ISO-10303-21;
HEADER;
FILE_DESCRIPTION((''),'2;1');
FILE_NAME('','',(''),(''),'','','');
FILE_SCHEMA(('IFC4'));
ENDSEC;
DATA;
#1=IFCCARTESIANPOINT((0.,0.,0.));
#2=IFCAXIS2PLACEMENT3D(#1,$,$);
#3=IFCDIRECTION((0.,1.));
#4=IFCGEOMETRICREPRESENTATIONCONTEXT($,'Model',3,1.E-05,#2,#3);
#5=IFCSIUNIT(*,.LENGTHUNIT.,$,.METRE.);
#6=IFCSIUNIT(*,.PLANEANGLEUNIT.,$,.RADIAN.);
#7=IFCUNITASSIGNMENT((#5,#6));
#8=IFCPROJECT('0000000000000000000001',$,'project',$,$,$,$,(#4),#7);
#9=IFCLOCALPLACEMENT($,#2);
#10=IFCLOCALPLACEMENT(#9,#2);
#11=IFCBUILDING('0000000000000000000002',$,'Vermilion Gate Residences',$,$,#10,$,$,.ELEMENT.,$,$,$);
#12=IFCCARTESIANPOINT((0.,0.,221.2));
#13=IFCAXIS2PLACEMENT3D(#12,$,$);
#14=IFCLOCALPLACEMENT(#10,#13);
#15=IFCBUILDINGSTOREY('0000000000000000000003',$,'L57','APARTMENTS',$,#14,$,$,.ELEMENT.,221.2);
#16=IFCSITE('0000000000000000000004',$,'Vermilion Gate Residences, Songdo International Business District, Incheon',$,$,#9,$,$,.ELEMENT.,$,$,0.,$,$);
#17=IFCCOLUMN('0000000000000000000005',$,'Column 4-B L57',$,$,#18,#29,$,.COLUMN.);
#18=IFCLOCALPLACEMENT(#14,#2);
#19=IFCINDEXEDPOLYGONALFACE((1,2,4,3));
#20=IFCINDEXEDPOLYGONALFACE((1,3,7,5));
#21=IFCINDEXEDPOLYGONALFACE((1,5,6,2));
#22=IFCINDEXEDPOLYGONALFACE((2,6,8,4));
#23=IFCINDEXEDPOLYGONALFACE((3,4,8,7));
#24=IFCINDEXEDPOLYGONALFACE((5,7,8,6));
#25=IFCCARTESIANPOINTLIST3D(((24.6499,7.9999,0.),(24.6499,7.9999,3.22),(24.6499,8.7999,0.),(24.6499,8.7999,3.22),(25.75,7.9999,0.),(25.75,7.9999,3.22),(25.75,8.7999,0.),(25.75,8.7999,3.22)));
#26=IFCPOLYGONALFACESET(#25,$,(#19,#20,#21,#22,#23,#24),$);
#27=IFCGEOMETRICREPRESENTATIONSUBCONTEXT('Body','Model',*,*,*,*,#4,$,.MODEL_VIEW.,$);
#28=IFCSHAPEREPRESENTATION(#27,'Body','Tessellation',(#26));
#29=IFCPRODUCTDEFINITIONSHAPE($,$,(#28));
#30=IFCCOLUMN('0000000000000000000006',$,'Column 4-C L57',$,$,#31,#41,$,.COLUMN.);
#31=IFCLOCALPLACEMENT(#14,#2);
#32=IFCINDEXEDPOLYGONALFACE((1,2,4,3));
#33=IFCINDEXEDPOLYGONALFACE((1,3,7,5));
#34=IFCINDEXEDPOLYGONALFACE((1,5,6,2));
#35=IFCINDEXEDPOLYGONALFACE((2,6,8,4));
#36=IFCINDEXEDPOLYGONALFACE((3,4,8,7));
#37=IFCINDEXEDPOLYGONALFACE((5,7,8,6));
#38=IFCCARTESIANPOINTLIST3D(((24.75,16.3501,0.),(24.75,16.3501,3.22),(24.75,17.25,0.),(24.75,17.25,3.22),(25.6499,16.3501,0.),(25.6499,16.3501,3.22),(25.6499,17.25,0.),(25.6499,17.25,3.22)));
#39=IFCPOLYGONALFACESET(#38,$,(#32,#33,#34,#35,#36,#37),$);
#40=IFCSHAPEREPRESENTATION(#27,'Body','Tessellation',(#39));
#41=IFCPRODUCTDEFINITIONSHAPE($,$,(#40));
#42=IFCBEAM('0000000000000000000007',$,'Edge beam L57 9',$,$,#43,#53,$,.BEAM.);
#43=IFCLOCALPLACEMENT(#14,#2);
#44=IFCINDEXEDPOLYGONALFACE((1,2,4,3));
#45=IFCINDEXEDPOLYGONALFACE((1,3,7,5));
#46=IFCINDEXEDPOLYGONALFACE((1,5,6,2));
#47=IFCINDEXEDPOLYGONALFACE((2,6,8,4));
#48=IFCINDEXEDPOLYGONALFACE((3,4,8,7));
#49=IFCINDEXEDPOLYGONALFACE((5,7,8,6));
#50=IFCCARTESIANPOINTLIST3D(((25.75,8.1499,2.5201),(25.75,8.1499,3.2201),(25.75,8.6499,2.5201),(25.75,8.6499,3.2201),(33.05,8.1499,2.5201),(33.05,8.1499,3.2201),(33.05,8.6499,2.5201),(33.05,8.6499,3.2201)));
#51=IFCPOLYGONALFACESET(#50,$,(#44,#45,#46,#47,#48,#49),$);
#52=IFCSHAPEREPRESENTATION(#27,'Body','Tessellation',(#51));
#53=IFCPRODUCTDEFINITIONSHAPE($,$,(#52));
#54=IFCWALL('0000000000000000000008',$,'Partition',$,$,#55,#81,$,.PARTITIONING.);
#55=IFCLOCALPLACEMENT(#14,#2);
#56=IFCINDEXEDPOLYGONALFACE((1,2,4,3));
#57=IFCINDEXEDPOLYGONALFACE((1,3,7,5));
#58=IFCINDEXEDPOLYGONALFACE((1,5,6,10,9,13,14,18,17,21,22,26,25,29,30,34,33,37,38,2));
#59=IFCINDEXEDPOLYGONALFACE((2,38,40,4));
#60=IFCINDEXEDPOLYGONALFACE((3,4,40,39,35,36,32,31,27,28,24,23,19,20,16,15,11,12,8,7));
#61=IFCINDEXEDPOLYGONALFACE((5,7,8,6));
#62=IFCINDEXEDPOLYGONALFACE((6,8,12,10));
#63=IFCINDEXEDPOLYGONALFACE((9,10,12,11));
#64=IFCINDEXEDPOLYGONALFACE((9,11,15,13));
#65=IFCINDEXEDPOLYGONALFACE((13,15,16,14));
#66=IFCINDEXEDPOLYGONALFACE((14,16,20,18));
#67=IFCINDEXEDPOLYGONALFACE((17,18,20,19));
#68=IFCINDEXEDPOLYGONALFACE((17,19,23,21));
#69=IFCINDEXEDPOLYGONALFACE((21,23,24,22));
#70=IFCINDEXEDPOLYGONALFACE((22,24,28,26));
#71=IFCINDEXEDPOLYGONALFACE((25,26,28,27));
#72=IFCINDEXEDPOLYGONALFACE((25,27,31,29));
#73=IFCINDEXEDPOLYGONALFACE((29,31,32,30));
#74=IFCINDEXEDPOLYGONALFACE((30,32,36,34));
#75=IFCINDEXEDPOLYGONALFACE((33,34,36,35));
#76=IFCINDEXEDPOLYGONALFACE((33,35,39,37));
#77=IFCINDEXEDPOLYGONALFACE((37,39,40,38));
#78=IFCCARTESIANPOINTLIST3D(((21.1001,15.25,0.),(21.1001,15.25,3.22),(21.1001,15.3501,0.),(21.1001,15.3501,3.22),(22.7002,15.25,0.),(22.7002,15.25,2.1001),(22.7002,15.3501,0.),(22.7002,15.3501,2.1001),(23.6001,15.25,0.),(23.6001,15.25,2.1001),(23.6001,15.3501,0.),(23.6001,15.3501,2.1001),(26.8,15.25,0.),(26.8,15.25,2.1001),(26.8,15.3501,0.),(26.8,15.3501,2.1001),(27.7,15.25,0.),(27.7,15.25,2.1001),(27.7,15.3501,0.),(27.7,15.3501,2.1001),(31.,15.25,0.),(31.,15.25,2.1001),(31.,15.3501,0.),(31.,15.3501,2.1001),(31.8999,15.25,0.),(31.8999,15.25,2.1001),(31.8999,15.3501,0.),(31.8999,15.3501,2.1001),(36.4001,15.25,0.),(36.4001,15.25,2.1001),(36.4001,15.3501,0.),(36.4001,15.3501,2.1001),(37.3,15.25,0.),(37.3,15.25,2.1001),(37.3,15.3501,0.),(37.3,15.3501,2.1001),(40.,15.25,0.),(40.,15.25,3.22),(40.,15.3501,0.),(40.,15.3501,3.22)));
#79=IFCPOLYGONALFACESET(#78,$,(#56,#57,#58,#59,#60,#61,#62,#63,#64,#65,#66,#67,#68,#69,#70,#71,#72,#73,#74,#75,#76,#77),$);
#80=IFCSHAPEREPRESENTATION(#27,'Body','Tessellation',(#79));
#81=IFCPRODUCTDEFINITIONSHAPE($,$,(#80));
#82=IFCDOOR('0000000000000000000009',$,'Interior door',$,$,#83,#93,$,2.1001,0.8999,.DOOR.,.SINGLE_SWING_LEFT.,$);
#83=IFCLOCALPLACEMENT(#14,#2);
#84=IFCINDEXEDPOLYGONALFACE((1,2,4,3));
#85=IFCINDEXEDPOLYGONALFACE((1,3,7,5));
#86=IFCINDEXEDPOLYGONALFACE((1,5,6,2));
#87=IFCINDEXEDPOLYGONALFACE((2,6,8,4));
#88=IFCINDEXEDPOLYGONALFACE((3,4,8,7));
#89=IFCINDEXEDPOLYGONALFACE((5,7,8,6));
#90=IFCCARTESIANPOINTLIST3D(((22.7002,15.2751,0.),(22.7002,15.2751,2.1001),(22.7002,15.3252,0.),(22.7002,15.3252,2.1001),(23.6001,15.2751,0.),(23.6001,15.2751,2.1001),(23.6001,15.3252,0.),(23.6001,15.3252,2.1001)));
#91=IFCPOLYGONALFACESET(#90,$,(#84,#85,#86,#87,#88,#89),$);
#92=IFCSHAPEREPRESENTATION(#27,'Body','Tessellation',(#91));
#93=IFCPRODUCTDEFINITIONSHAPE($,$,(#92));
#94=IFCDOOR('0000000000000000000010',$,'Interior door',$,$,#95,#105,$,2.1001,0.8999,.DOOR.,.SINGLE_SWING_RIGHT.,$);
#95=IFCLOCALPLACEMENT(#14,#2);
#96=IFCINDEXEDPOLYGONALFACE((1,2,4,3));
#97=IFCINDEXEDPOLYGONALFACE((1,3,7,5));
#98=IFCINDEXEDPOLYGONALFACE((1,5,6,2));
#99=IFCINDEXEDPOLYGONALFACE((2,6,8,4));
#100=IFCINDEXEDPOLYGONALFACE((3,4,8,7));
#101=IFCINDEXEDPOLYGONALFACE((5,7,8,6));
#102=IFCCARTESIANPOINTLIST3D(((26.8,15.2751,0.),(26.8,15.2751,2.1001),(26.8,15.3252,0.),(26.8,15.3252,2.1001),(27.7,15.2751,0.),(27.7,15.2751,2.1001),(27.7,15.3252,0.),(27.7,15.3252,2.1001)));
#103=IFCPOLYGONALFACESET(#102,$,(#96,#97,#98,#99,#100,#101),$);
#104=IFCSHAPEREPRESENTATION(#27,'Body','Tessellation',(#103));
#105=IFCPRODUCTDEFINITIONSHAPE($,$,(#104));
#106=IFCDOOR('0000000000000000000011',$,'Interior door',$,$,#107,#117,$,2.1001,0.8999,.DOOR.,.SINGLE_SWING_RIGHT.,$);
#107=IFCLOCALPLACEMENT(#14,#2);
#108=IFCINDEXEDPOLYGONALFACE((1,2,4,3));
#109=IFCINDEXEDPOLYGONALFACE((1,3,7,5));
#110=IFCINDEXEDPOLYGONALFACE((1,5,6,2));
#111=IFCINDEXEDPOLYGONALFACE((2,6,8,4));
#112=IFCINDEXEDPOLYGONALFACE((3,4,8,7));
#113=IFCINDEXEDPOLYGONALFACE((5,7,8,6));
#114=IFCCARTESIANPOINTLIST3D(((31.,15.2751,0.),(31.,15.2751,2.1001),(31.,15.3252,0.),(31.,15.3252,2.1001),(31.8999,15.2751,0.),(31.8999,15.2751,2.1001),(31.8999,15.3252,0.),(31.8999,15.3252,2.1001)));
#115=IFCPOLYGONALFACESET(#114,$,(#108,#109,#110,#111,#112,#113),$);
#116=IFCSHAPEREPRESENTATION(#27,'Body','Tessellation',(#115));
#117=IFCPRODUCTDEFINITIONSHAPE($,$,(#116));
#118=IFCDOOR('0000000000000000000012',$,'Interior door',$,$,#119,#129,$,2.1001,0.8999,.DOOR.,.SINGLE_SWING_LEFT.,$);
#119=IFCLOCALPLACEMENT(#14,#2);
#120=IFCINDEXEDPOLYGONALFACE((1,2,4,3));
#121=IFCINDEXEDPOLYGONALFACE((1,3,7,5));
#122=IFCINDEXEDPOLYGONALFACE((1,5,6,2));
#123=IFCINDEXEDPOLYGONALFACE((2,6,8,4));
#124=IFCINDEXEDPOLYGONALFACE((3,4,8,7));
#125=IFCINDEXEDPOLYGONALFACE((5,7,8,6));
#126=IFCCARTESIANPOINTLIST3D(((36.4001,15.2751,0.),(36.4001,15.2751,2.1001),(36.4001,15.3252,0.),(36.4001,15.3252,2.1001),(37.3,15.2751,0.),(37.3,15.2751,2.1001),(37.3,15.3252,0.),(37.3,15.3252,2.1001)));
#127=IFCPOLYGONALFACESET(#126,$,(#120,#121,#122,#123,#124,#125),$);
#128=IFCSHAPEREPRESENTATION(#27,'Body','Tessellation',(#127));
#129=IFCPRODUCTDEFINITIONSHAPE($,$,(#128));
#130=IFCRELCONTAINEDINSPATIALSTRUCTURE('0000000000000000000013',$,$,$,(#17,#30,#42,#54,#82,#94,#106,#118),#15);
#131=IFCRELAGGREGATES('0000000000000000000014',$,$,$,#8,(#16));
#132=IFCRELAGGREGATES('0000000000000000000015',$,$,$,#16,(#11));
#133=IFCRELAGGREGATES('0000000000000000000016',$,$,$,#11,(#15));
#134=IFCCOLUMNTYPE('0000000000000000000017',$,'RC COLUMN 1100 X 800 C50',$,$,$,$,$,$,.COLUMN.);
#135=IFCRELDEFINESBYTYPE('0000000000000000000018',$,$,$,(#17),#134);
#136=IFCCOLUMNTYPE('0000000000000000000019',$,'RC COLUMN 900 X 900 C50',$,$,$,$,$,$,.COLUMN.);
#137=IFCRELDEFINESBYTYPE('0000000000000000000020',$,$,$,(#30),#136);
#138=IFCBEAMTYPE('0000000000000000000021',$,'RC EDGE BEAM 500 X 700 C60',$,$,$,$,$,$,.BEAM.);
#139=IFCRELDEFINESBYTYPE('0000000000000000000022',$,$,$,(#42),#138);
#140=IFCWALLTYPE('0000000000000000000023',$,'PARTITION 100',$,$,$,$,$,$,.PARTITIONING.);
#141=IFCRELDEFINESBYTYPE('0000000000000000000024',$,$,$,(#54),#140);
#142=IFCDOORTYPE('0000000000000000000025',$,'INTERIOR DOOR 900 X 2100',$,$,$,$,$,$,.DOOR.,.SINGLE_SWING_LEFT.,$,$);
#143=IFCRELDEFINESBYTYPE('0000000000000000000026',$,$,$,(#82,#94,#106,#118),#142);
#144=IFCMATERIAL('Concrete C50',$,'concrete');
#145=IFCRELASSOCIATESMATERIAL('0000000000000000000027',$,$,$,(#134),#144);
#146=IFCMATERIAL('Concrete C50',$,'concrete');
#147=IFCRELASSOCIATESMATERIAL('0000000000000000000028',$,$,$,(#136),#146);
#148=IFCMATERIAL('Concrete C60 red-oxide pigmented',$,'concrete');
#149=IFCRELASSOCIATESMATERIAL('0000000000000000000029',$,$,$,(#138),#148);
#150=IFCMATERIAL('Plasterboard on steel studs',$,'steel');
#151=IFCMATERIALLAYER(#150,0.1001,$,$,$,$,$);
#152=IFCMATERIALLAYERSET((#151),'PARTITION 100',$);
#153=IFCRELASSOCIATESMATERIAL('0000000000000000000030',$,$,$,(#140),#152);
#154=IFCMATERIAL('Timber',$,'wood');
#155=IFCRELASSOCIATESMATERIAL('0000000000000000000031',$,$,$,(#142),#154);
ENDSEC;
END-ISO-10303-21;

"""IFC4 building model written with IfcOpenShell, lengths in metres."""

from ifc_helpers import new_model, si_unit, direction, frame, frame_2d, origin, origin_2d, place, context, subcontext, project, spatial, rectangle, extrude, material, layer, layer_set, material_profile, profile_set, type_object, element, fill, save


model = new_model("IFC4")

# Units and contexts
model_context = context("Model", 3, precision=1e-05, world=origin(), true_north=direction((0.0, 1.0)))
body_context = subcontext(model_context, "Body", "Model", "MODEL_VIEW")
ifc_project = project(units=[si_unit("LENGTHUNIT", "METRE"), si_unit("PLANEANGLEUNIT", "RADIAN")], contexts=[model_context])

# Site, building, storey
site_placement = place(None, origin())
site = spatial("IfcSite", under=ifc_project, at=site_placement, Name="Vermilion Gate Residences, Songdo International Business District, Incheon", CompositionType="ELEMENT", RefElevation=0.0)
building_placement = place(site_placement, origin())
building = spatial("IfcBuilding", under=site, at=building_placement, Name="Vermilion Gate Residences", CompositionType="ELEMENT")
storey_placement = place(building_placement, frame((0.0, 0.0, 221.2)))
storey = spatial("IfcBuildingStorey", under=building, at=storey_placement, Name="L57", Description="APARTMENTS", CompositionType="ELEMENT", Elevation=221.2)

# Columns
ifc_material_1 = material(Name="Concrete C50", Category="concrete")
ifc_material_profile_1 = material_profile(ifc_material_1, rectangle(XDim=1.1001, YDim=0.8, at=origin_2d()), Name="RC-1100x800")
ifc_profile_set_1 = profile_set([ifc_material_profile_1], Name="Concrete C50")
column_type_1 = type_object("IfcColumnType", Name="RC COLUMN 1100 X 800 C50", PredefinedType="COLUMN", material=ifc_profile_set_1)
column_1_placement = place(storey_placement, frame((25.2, 8.3999, 0.0), z_axis=(0.0, 0.0, 1.0), x_axis=(1.0, 0.0, 0.0)))
element("IfcColumn", 1, at=column_1_placement, inside=storey, type_object=column_type_1, Name="Column 4-B L57", PredefinedType="COLUMN", context=body_context, shape_type="SweptSolid", body=[
    extrude(rectangle(XDim=1.1001, YDim=0.8, at=origin_2d()), origin(), (0.0, 0.0, 1.0), 3.22),
])
ifc_material_2 = material(Name="Concrete C50", Category="concrete")
ifc_material_profile_2 = material_profile(ifc_material_2, rectangle(XDim=0.8999, YDim=0.8999, at=origin_2d()), Name="RC-900x900")
ifc_profile_set_2 = profile_set([ifc_material_profile_2], Name="Concrete C50")
column_type_2 = type_object("IfcColumnType", Name="RC COLUMN 900 X 900 C50", PredefinedType="COLUMN", material=ifc_profile_set_2)
column_2_placement = place(storey_placement, frame((25.2, 16.8, 0.0), z_axis=(0.0, 0.0, 1.0), x_axis=(1.0, 0.0, 0.0)))
element("IfcColumn", 2, at=column_2_placement, inside=storey, type_object=column_type_2, Name="Column 4-C L57", PredefinedType="COLUMN", context=body_context, shape_type="SweptSolid", body=[
    extrude(rectangle(XDim=0.8999, YDim=0.8999, at=origin_2d()), origin(), (0.0, 0.0, 1.0), 3.22),
])

# Beam
ifc_material_3 = material(Name="Concrete C60 red-oxide pigmented", Category="concrete")
ifc_material_profile_3 = material_profile(ifc_material_3, rectangle(XDim=0.5, YDim=0.7, at=origin_2d()), Name="RC-500x700")
ifc_profile_set_3 = profile_set([ifc_material_profile_3], Name="Concrete C60 red-oxide pigmented")
beam_type = type_object("IfcBeamType", Name="RC EDGE BEAM 500 X 700 C60", PredefinedType="BEAM", material=ifc_profile_set_3)
beam_placement = place(storey_placement, frame((25.75, 8.3999, 2.8701), z_axis=(1.0, 0.0, 0.0), x_axis=(0.0, 1.0, 0.0)))
element("IfcBeam", 3, at=beam_placement, inside=storey, type_object=beam_type, Name="Edge beam L57 9", PredefinedType="BEAM", context=body_context, shape_type="SweptSolid", body=[
    extrude(rectangle(XDim=0.5, YDim=0.7, at=origin_2d()), origin(), (0.0, 0.0, 1.0), 7.3),
])

# Wall, openings, doors
ifc_material_4 = material(Name="Plasterboard on steel studs", Category="steel")
ifc_layer_1 = layer(ifc_material_4, 0.1001)
ifc_layer_set_1 = layer_set([ifc_layer_1], Name="PARTITION 100")
wall_type_1 = type_object("IfcWallType", Name="PARTITION 100", PredefinedType="PARTITIONING", material=ifc_layer_set_1)
wall_1_placement = place(storey_placement, frame((21.1001, 15.3, 0.0), z_axis=(0.0, 0.0, 1.0), x_axis=(1.0, 0.0, 0.0)))
wall_1 = element("IfcWall", 4, at=wall_1_placement, inside=storey, type_object=wall_type_1, Name="Partition", PredefinedType="PARTITIONING", context=body_context, shape_type="SweptSolid", body=[
    extrude(rectangle(XDim=18.8999, YDim=0.1001, at=frame_2d((9.45, 0.0))), origin(), (0.0, 0.0, 1.0), 3.22),
])
opening_1_placement = place(wall_1_placement, frame((1.6001, 0.0, 0.0)))
opening_1 = element("IfcOpeningElement", 5, at=opening_1_placement, cuts=wall_1, PredefinedType="OPENING", context=body_context, shape_type="SweptSolid", body=[
    extrude(rectangle(XDim=0.8999, YDim=2.1001, at=frame_2d((0.45, 1.05))), frame((0.0, 0.0601, 0.0), z_axis=(0.0, -1.0, 0.0), x_axis=(1.0, 0.0, 0.0)), (0.0, 0.0, 1.0), 0.1201),
])
opening_2_placement = place(wall_1_placement, frame((5.7, 0.0, 0.0)))
opening_2 = element("IfcOpeningElement", 6, at=opening_2_placement, cuts=wall_1, PredefinedType="OPENING", context=body_context, shape_type="SweptSolid", body=[
    extrude(rectangle(XDim=0.8999, YDim=2.1001, at=frame_2d((0.45, 1.05))), frame((0.0, 0.0601, 0.0), z_axis=(0.0, -1.0, 0.0), x_axis=(1.0, 0.0, 0.0)), (0.0, 0.0, 1.0), 0.1201),
])
opening_3_placement = place(wall_1_placement, frame((9.8999, 0.0, 0.0)))
opening_3 = element("IfcOpeningElement", 7, at=opening_3_placement, cuts=wall_1, PredefinedType="OPENING", context=body_context, shape_type="SweptSolid", body=[
    extrude(rectangle(XDim=0.8999, YDim=2.1001, at=frame_2d((0.45, 1.05))), frame((0.0, 0.0601, 0.0), z_axis=(0.0, -1.0, 0.0), x_axis=(1.0, 0.0, 0.0)), (0.0, 0.0, 1.0), 0.1201),
])
opening_4_placement = place(wall_1_placement, frame((15.3, 0.0, 0.0)))
opening_4 = element("IfcOpeningElement", 8, at=opening_4_placement, cuts=wall_1, PredefinedType="OPENING", context=body_context, shape_type="SweptSolid", body=[
    extrude(rectangle(XDim=0.8999, YDim=2.1001, at=frame_2d((0.45, 1.05))), frame((0.0, 0.0601, 0.0), z_axis=(0.0, -1.0, 0.0), x_axis=(1.0, 0.0, 0.0)), (0.0, 0.0, 1.0), 0.1201),
])
ifc_material_5 = material(Name="Timber", Category="wood")
door_type = type_object("IfcDoorType", Name="INTERIOR DOOR 900 X 2100", OperationType="SINGLE_SWING_LEFT", PredefinedType="DOOR", material=ifc_material_5)
door_1_placement = place(opening_1_placement, frame((0.8999, 0.0, 0.0), z_axis=(0.0, 0.0, 1.0), x_axis=(-1.0, 0.0, 0.0)))
door_1 = element("IfcDoor", 9, at=door_1_placement, inside=storey, type_object=door_type, Name="Interior door", OperationType="SINGLE_SWING_LEFT", OverallHeight=2.1001, OverallWidth=0.8999, PredefinedType="DOOR", context=body_context, shape_type="SweptSolid", body=[
    extrude(rectangle(XDim=0.8999, YDim=2.1001, at=frame_2d((0.45, 1.05))), frame((0.0, 0.0249, 0.0), z_axis=(0.0, -1.0, 0.0), x_axis=(1.0, 0.0, 0.0)), (0.0, 0.0, 1.0), 0.05),
])
fill(opening_1, door_1)
door_2_placement = place(opening_2_placement, frame((0.8999, 0.0, 0.0), z_axis=(0.0, 0.0, 1.0), x_axis=(-1.0, 0.0, 0.0)))
door_2 = element("IfcDoor", 10, at=door_2_placement, inside=storey, type_object=door_type, Name="Interior door", OperationType="SINGLE_SWING_RIGHT", OverallHeight=2.1001, OverallWidth=0.8999, PredefinedType="DOOR", context=body_context, shape_type="SweptSolid", body=[
    extrude(rectangle(XDim=0.8999, YDim=2.1001, at=frame_2d((0.45, 1.05))), frame((0.0, 0.0249, 0.0), z_axis=(0.0, -1.0, 0.0), x_axis=(1.0, 0.0, 0.0)), (0.0, 0.0, 1.0), 0.05),
])
fill(opening_2, door_2)
door_3_placement = place(opening_3_placement, frame((0.8999, 0.0, 0.0), z_axis=(0.0, 0.0, 1.0), x_axis=(-1.0, 0.0, 0.0)))
door_3 = element("IfcDoor", 11, at=door_3_placement, inside=storey, type_object=door_type, Name="Interior door", OperationType="SINGLE_SWING_RIGHT", OverallHeight=2.1001, OverallWidth=0.8999, PredefinedType="DOOR", context=body_context, shape_type="SweptSolid", body=[
    extrude(rectangle(XDim=0.8999, YDim=2.1001, at=frame_2d((0.45, 1.05))), frame((0.0, 0.0249, 0.0), z_axis=(0.0, -1.0, 0.0), x_axis=(1.0, 0.0, 0.0)), (0.0, 0.0, 1.0), 0.05),
])
fill(opening_3, door_3)
door_4_placement = place(opening_4_placement, frame((0.8999, 0.0, 0.0), z_axis=(0.0, 0.0, 1.0), x_axis=(-1.0, 0.0, 0.0)))
door_4 = element("IfcDoor", 12, at=door_4_placement, inside=storey, type_object=door_type, Name="Interior door", OperationType="SINGLE_SWING_LEFT", OverallHeight=2.1001, OverallWidth=0.8999, PredefinedType="DOOR", context=body_context, shape_type="SweptSolid", body=[
    extrude(rectangle(XDim=0.8999, YDim=2.1001, at=frame_2d((0.45, 1.05))), frame((0.0, 0.0249, 0.0), z_axis=(0.0, -1.0, 0.0), x_axis=(1.0, 0.0, 0.0)), (0.0, 0.0, 1.0), 0.05),
])
fill(opening_4, door_4)

save(model, "model.ifc")
